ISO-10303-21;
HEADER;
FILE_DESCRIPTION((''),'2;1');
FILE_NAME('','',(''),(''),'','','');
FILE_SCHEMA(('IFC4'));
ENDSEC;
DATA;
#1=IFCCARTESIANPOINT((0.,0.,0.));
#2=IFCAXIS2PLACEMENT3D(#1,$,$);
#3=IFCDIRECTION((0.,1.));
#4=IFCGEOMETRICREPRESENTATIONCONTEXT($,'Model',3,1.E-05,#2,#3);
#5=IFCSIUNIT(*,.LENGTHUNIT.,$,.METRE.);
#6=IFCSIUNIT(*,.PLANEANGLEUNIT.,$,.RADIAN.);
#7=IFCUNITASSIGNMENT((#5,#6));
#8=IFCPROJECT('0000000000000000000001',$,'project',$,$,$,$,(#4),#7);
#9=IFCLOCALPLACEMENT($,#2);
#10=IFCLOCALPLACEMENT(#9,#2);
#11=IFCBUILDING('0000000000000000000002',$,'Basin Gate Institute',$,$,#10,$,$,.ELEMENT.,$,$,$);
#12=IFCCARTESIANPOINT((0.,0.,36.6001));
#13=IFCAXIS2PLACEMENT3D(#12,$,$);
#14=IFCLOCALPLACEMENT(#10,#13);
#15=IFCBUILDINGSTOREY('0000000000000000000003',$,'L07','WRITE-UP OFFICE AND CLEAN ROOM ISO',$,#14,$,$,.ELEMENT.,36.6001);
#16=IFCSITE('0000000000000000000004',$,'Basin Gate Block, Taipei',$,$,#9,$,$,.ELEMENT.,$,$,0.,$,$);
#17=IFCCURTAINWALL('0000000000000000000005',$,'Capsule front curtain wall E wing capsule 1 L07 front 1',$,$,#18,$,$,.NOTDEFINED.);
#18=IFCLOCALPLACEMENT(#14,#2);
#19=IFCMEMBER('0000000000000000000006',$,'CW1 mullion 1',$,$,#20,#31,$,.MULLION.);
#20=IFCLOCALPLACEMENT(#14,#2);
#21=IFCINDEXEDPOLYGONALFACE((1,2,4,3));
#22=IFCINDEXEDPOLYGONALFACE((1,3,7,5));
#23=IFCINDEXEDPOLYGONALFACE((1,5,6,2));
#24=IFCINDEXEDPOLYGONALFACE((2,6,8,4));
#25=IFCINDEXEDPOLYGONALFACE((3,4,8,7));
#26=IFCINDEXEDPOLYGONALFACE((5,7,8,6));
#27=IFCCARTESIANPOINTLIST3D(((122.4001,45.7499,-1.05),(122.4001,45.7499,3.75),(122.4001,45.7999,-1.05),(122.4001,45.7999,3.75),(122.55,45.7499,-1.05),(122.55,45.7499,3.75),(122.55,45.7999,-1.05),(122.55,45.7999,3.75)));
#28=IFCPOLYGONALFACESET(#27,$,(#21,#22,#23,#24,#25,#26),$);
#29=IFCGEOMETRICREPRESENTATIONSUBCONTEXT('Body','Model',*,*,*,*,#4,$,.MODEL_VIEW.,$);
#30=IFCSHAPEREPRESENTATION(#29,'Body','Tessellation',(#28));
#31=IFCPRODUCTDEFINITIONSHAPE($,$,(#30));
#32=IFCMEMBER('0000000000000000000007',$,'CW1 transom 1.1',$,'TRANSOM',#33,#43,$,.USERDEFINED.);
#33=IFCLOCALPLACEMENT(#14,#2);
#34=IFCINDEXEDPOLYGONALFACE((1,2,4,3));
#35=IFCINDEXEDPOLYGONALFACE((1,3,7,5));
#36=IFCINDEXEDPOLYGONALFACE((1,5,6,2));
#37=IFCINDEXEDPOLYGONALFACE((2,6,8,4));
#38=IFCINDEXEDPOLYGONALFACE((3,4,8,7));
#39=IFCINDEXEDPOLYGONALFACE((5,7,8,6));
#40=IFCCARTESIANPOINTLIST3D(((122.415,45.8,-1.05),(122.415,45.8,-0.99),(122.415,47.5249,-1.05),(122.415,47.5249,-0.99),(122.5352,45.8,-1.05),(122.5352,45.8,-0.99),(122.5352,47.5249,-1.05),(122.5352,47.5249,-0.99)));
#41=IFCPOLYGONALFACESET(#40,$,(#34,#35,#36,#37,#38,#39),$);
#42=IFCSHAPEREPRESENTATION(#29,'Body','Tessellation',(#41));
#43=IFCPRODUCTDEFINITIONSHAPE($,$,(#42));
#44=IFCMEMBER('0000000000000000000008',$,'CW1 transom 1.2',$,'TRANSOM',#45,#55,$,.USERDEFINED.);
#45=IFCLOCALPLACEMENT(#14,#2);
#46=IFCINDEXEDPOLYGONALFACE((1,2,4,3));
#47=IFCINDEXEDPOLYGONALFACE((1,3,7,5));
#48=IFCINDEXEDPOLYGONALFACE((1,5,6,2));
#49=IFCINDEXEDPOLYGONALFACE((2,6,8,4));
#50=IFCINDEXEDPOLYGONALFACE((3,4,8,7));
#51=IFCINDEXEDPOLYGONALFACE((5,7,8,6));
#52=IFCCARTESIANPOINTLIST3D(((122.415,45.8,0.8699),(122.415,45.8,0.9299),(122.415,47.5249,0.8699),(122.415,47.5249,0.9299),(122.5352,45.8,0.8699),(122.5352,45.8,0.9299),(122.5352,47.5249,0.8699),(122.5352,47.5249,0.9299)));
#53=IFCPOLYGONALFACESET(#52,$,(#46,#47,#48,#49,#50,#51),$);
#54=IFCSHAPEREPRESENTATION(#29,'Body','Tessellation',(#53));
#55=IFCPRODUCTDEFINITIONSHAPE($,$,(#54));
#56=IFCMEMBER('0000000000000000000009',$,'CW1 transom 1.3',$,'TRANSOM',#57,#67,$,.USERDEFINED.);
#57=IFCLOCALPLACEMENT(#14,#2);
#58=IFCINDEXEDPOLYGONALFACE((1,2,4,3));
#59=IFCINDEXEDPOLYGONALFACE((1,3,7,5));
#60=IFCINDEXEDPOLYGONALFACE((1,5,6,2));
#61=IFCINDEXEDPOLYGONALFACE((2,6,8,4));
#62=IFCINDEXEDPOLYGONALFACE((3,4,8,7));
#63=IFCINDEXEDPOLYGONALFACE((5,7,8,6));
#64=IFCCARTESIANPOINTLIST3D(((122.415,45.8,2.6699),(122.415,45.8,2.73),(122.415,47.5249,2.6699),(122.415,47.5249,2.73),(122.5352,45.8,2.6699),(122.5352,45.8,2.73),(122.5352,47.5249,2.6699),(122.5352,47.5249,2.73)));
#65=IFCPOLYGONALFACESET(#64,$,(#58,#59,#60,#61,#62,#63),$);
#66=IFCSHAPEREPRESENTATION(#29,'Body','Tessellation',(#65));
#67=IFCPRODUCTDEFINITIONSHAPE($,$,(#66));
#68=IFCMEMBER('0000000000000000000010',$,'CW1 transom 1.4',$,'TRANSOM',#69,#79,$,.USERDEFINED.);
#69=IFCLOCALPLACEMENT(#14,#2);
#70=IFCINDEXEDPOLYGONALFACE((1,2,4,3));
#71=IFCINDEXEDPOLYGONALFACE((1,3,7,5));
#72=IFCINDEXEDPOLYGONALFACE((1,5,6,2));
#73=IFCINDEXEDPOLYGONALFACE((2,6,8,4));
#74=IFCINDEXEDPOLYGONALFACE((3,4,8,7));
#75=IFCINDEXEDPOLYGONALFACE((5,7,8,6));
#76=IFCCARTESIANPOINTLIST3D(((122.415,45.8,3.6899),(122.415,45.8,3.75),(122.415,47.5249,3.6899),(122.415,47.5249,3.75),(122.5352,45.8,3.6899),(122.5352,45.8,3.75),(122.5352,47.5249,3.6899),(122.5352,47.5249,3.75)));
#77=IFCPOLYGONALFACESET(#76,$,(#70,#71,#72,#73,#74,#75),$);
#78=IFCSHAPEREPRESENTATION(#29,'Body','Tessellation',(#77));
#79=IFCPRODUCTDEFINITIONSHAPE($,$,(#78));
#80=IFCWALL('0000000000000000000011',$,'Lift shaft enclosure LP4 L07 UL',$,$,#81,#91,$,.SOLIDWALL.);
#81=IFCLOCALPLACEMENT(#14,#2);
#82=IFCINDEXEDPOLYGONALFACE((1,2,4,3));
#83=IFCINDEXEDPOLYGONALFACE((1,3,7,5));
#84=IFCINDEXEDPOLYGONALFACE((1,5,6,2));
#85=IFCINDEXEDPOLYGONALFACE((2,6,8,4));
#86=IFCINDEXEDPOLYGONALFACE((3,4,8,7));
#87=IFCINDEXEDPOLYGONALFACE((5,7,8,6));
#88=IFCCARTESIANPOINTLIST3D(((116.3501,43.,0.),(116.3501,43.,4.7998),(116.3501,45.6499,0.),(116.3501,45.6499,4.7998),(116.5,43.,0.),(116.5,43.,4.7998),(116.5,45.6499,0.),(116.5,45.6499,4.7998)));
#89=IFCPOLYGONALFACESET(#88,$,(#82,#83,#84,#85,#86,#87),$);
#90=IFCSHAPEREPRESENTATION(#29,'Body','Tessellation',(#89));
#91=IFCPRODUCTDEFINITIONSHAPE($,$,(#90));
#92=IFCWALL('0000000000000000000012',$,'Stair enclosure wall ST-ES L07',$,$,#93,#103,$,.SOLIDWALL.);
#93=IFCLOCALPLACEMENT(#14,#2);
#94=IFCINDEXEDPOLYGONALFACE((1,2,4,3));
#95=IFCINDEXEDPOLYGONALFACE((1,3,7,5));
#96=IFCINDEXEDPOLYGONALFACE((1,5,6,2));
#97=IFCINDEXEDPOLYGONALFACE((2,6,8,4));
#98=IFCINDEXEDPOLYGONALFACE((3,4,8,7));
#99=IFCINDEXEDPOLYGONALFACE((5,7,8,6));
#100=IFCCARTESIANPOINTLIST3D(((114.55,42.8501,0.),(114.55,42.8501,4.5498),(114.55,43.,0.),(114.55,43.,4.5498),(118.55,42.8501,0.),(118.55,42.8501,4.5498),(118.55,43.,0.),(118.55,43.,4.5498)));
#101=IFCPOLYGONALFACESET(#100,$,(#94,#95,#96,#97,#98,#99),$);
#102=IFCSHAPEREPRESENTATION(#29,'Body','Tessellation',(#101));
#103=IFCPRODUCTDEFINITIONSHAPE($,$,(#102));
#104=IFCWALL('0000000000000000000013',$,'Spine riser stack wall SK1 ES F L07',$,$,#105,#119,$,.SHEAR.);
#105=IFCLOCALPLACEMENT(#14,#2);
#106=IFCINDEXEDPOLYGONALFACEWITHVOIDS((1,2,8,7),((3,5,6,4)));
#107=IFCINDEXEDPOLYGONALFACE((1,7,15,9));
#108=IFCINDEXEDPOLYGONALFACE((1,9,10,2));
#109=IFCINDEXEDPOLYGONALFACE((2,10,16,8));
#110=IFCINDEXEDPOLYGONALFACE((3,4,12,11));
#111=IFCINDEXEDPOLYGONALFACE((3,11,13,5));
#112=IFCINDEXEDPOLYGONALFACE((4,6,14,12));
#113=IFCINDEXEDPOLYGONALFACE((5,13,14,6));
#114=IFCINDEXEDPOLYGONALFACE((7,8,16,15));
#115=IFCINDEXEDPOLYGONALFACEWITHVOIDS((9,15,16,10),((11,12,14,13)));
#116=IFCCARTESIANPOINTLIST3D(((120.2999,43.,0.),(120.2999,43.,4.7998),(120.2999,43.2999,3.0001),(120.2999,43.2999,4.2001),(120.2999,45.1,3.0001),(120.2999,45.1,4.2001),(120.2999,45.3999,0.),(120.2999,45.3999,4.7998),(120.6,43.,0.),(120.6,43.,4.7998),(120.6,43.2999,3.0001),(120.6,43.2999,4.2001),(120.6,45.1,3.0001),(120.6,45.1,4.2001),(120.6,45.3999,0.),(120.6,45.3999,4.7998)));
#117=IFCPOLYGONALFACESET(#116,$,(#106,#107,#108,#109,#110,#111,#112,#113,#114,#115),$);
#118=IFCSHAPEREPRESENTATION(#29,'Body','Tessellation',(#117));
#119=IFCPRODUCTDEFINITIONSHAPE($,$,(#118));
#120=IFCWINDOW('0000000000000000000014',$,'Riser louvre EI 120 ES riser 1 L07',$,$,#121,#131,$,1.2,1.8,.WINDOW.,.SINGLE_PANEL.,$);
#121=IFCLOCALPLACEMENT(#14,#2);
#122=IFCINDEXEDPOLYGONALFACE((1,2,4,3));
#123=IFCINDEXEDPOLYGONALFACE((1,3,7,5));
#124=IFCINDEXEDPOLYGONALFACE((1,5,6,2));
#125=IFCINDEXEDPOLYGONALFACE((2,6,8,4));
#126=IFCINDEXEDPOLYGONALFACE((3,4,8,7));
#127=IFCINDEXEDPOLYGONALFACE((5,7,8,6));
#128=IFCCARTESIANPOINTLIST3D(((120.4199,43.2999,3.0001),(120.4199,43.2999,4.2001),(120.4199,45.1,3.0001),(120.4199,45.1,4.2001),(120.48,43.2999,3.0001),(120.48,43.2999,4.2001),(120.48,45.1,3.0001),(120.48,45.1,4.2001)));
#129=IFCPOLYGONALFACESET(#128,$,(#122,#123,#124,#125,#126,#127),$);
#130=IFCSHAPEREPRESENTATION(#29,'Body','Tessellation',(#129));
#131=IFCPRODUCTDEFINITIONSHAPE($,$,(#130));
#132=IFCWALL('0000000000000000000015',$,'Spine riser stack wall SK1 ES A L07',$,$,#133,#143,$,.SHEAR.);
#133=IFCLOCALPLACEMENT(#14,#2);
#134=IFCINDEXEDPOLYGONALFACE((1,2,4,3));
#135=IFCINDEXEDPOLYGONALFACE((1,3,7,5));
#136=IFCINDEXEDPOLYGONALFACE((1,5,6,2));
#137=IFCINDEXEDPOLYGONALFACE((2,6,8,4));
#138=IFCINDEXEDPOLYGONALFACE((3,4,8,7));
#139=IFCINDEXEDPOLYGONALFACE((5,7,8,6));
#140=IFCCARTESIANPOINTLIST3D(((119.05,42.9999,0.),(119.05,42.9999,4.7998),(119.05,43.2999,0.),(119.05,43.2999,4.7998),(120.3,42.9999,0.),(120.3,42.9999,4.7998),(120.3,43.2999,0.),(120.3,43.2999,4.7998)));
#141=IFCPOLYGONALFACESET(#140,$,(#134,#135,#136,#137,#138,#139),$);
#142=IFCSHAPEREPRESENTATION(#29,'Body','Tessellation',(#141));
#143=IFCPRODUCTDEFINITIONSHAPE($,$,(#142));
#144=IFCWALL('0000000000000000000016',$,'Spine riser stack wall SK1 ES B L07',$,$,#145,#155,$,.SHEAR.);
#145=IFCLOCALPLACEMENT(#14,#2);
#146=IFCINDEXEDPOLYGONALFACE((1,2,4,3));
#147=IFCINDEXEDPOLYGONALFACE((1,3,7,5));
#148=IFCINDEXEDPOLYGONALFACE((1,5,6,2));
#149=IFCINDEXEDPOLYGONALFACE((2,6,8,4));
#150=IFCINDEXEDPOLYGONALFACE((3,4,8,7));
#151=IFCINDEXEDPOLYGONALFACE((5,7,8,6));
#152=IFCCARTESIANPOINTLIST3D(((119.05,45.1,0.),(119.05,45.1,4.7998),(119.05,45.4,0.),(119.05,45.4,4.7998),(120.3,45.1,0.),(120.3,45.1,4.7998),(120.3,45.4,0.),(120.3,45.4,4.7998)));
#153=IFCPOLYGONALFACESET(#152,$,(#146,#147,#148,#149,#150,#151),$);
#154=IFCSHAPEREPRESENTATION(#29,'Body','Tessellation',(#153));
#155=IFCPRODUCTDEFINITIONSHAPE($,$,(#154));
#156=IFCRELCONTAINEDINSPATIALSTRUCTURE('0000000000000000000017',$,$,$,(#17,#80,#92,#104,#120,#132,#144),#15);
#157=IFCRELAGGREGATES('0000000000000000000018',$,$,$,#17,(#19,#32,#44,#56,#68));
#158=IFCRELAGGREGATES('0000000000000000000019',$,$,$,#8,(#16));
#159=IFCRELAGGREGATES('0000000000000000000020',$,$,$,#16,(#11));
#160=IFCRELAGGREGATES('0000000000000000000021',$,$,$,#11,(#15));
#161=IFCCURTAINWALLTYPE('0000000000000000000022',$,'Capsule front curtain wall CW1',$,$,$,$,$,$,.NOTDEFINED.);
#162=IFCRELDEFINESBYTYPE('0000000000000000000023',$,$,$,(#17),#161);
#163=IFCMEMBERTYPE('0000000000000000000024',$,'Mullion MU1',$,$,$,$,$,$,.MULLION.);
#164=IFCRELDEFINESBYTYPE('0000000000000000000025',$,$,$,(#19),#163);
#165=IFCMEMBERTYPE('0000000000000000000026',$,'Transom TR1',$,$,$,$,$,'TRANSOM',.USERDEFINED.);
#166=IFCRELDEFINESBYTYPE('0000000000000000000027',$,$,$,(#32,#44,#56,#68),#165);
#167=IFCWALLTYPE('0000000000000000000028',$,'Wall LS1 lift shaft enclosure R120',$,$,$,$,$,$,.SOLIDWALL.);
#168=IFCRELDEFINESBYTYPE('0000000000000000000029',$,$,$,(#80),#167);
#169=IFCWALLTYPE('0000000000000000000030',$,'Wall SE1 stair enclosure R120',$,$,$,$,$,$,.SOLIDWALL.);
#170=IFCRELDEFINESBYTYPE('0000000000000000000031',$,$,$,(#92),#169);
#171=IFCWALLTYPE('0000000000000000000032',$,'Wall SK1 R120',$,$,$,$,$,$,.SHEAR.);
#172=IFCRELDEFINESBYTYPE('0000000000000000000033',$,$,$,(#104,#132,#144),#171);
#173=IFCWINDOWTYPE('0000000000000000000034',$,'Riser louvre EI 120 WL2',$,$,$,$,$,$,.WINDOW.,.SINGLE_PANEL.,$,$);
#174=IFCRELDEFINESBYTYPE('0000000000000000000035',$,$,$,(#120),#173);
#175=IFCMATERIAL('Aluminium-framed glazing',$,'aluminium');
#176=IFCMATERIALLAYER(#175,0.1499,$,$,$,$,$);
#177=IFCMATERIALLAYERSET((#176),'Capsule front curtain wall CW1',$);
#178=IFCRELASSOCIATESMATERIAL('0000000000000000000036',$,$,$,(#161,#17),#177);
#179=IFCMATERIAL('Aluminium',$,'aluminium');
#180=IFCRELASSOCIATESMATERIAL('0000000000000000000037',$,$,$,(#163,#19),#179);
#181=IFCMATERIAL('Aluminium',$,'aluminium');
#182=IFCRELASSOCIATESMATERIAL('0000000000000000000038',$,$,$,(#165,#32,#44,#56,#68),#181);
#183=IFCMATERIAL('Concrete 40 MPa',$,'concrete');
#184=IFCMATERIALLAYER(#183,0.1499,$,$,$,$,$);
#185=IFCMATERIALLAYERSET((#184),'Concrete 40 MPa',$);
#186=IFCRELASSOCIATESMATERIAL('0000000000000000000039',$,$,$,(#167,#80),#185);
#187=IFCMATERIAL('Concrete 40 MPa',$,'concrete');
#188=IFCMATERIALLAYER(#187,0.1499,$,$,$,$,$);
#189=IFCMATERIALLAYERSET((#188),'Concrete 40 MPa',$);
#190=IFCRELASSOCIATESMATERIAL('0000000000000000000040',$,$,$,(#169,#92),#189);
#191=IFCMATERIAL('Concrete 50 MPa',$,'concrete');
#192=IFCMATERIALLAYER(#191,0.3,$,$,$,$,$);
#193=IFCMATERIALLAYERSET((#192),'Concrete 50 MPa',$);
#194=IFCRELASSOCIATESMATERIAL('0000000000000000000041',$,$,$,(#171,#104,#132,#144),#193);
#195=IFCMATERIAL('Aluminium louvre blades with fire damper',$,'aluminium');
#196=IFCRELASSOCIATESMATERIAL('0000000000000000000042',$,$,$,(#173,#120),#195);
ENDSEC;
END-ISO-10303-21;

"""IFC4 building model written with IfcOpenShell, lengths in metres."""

from ifc_helpers import new_model, si_unit, direction, frame, frame_2d, origin, origin_2d, place, context, subcontext, project, spatial, rectangle, extrude, material, layer, layer_set, material_profile, profile_set, type_object, element, fill, aggregate, save


model = new_model("IFC4")

# Units and contexts
model_context = context("Model", 3, precision=1e-05, world=origin(), true_north=direction((0.0, 1.0)))
body_context = subcontext(model_context, "Body", "Model", "MODEL_VIEW")
ifc_project = project(units=[si_unit("LENGTHUNIT", "METRE"), si_unit("PLANEANGLEUNIT", "RADIAN")], contexts=[model_context])

# Site, building, storey
site_placement = place(None, origin())
site = spatial("IfcSite", under=ifc_project, at=site_placement, Name="Basin Gate Block, Taipei", CompositionType="ELEMENT", RefElevation=0.0)
building_placement = place(site_placement, origin())
building = spatial("IfcBuilding", under=site, at=building_placement, Name="Basin Gate Institute", CompositionType="ELEMENT")
storey_placement = place(building_placement, frame((0.0, 0.0, 36.6001)))
storey = spatial("IfcBuildingStorey", under=building, at=storey_placement, Name="L07", Description="WRITE-UP OFFICE AND CLEAN ROOM ISO", CompositionType="ELEMENT", Elevation=36.6001)

# Curtain wall, members
ifc_material_1 = material(Name="Aluminium-framed glazing", Category="aluminium")
ifc_layer_1 = layer(ifc_material_1, 0.1499)
ifc_layer_set_1 = layer_set([ifc_layer_1], Name="Capsule front curtain wall CW1")
curtain_wall_type = type_object("IfcCurtainWallType", Name="Capsule front curtain wall CW1", PredefinedType="NOTDEFINED", material=ifc_layer_set_1)
curtain_wall_placement = place(storey_placement, origin())
curtain_wall = element("IfcCurtainWall", 1, at=curtain_wall_placement, inside=storey, type_object=curtain_wall_type, material=ifc_layer_set_1, Name="Capsule front curtain wall E wing capsule 1 L07 front 1", PredefinedType="NOTDEFINED")
ifc_material_2 = material(Name="Aluminium", Category="aluminium")
ifc_material_profile_1 = material_profile(ifc_material_2, rectangle(XDim=0.1499, YDim=0.05, at=origin_2d()), Name="Mullion MU1 150 x 50")
ifc_profile_set_1 = profile_set([ifc_material_profile_1], Name="Aluminium")
member_type_1 = type_object("IfcMemberType", Name="Mullion MU1", PredefinedType="MULLION", material=ifc_profile_set_1)
member_1_placement = place(storey_placement, frame((122.4751, 45.7749, -1.05), z_axis=(0.0, 0.0, 1.0), x_axis=(-1.0, 0.0, 0.0)))
member_1 = element("IfcMember", 2, at=member_1_placement, type_object=member_type_1, material=ifc_profile_set_1, Name="CW1 mullion 1", PredefinedType="MULLION", context=body_context, shape_type="SweptSolid", body=[
    extrude(rectangle(XDim=0.1499, YDim=0.05, at=origin_2d()), origin(), (0.0, 0.0, 1.0), 4.8),
])
ifc_material_3 = material(Name="Aluminium", Category="aluminium")
ifc_material_profile_2 = material_profile(ifc_material_3, rectangle(XDim=0.1201, YDim=0.0601, at=origin_2d()), Name="Transom TR1 120 x 60")
ifc_profile_set_2 = profile_set([ifc_material_profile_2], Name="Aluminium")
member_type_2 = type_object("IfcMemberType", Name="Transom TR1", ElementType="TRANSOM", PredefinedType="USERDEFINED", material=ifc_profile_set_2)
member_2_placement = place(storey_placement, frame((122.4751, 45.8, -1.02), z_axis=(0.0, 1.0, 0.0), x_axis=(-1.0, 0.0, 0.0)))
member_2 = element("IfcMember", 3, at=member_2_placement, type_object=member_type_2, material=ifc_profile_set_2, Name="CW1 transom 1.1", ObjectType="TRANSOM", PredefinedType="USERDEFINED", context=body_context, shape_type="SweptSolid", body=[
    extrude(rectangle(XDim=0.1201, YDim=0.0601, at=origin_2d()), origin(), (0.0, 0.0, 1.0), 1.7249),
])
member_3_placement = place(storey_placement, frame((122.4751, 45.8, 0.8999), z_axis=(0.0, 1.0, 0.0), x_axis=(-1.0, 0.0, 0.0)))
member_3 = element("IfcMember", 4, at=member_3_placement, type_object=member_type_2, material=ifc_profile_set_2, Name="CW1 transom 1.2", ObjectType="TRANSOM", PredefinedType="USERDEFINED", context=body_context, shape_type="SweptSolid", body=[
    extrude(rectangle(XDim=0.1201, YDim=0.0601, at=origin_2d()), origin(), (0.0, 0.0, 1.0), 1.7249),
])
member_4_placement = place(storey_placement, frame((122.4751, 45.8, 2.7), z_axis=(0.0, 1.0, 0.0), x_axis=(-1.0, 0.0, 0.0)))
member_4 = element("IfcMember", 5, at=member_4_placement, type_object=member_type_2, material=ifc_profile_set_2, Name="CW1 transom 1.3", ObjectType="TRANSOM", PredefinedType="USERDEFINED", context=body_context, shape_type="SweptSolid", body=[
    extrude(rectangle(XDim=0.1201, YDim=0.0601, at=origin_2d()), origin(), (0.0, 0.0, 1.0), 1.7249),
])
member_5_placement = place(storey_placement, frame((122.4751, 45.8, 3.72), z_axis=(0.0, 1.0, 0.0), x_axis=(-1.0, 0.0, 0.0)))
member_5 = element("IfcMember", 6, at=member_5_placement, type_object=member_type_2, material=ifc_profile_set_2, Name="CW1 transom 1.4", ObjectType="TRANSOM", PredefinedType="USERDEFINED", context=body_context, shape_type="SweptSolid", body=[
    extrude(rectangle(XDim=0.1201, YDim=0.0601, at=origin_2d()), origin(), (0.0, 0.0, 1.0), 1.7249),
])
aggregate(curtain_wall, [member_1, member_2, member_3, member_4, member_5])

# Walls
ifc_material_4 = material(Name="Concrete 40 MPa", Category="concrete")
ifc_layer_2 = layer(ifc_material_4, 0.1499)
ifc_layer_set_2 = layer_set([ifc_layer_2], Name="Concrete 40 MPa")
wall_type_1 = type_object("IfcWallType", Name="Wall LS1 lift shaft enclosure R120", PredefinedType="SOLIDWALL", material=ifc_layer_set_2)
wall_1_placement = place(storey_placement, frame((116.425, 43.0, 0.0), z_axis=(0.0, 0.0, 1.0), x_axis=(0.0, 1.0, 0.0)))
element("IfcWall", 7, at=wall_1_placement, inside=storey, type_object=wall_type_1, material=ifc_layer_set_2, Name="Lift shaft enclosure LP4 L07 UL", PredefinedType="SOLIDWALL", context=body_context, shape_type="SweptSolid", body=[
    extrude(rectangle(XDim=2.6499, YDim=0.1499, at=frame_2d((1.325, 0.0))), origin(), (0.0, 0.0, 1.0), 4.7998),
])
ifc_material_5 = material(Name="Concrete 40 MPa", Category="concrete")
ifc_layer_3 = layer(ifc_material_5, 0.1499)
ifc_layer_set_3 = layer_set([ifc_layer_3], Name="Concrete 40 MPa")
wall_type_2 = type_object("IfcWallType", Name="Wall SE1 stair enclosure R120", PredefinedType="SOLIDWALL", material=ifc_layer_set_3)
wall_2_placement = place(storey_placement, frame((118.55, 42.925, 0.0), z_axis=(0.0, 0.0, 1.0), x_axis=(-1.0, 0.0, 0.0)))
element("IfcWall", 8, at=wall_2_placement, inside=storey, type_object=wall_type_2, material=ifc_layer_set_3, Name="Stair enclosure wall ST-ES L07", PredefinedType="SOLIDWALL", context=body_context, shape_type="SweptSolid", body=[
    extrude(rectangle(XDim=4.0, YDim=0.1499, at=frame_2d((2.0, 0.0))), origin(), (0.0, 0.0, 1.0), 4.5498),
])

# Wall, opening, window
ifc_material_6 = material(Name="Concrete 50 MPa", Category="concrete")
ifc_layer_4 = layer(ifc_material_6, 0.3)
ifc_layer_set_4 = layer_set([ifc_layer_4], Name="Concrete 50 MPa")
wall_type_3 = type_object("IfcWallType", Name="Wall SK1 R120", PredefinedType="SHEAR", material=ifc_layer_set_4)
wall_3_placement = place(storey_placement, frame((120.45, 43.0, 0.0), z_axis=(0.0, 0.0, 1.0), x_axis=(0.0, 1.0, 0.0)))
wall_3 = element("IfcWall", 9, at=wall_3_placement, inside=storey, type_object=wall_type_3, material=ifc_layer_set_4, Name="Spine riser stack wall SK1 ES F L07", PredefinedType="SHEAR", context=body_context, shape_type="SweptSolid", body=[
    extrude(rectangle(XDim=2.3999, YDim=0.3, at=frame_2d((1.2, 0.0))), origin(), (0.0, 0.0, 1.0), 4.7998),
])
opening_1_placement = place(wall_3_placement, frame((0.3, 0.0, 3.0)))
opening_1 = element("IfcOpeningElement", 10, at=opening_1_placement, cuts=wall_3, PredefinedType="OPENING", context=body_context, shape_type="SweptSolid", body=[
    extrude(rectangle(XDim=1.8, YDim=1.2, at=frame_2d((0.8999, 0.6001))), frame((0.0, 0.1602, 0.0), z_axis=(0.0, -1.0, 0.0), x_axis=(1.0, 0.0, 0.0)), (0.0, 0.0, 1.0), 0.3201),
])
ifc_material_7 = material(Name="Aluminium louvre blades with fire damper", Category="aluminium")
window_type_1 = type_object("IfcWindowType", Name="Riser louvre EI 120 WL2", PartitioningType="SINGLE_PANEL", PredefinedType="WINDOW", material=ifc_material_7)
window_1_placement = place(opening_1_placement, origin())
window_1 = element("IfcWindow", 11, at=window_1_placement, inside=storey, type_object=window_type_1, material=ifc_material_7, Name="Riser louvre EI 120 ES riser 1 L07", OverallHeight=1.2, OverallWidth=1.8, PartitioningType="SINGLE_PANEL", PredefinedType="WINDOW", context=body_context, shape_type="SweptSolid", body=[
    extrude(rectangle(XDim=1.8, YDim=1.2, at=frame_2d((0.8999, 0.6001))), frame((0.0, 0.03, 0.0), z_axis=(0.0, -1.0, 0.0), x_axis=(1.0, 0.0, 0.0)), (0.0, 0.0, 1.0), 0.0601),
])
fill(opening_1, window_1)

# Walls
for number, where, z_axis, x_axis, name in (
    (12, (119.05, 43.1499, 0.0), (0.0, 0.0, 1.0), (1.0, 0.0, 0.0), "Spine riser stack wall SK1 ES A L07"),
    (13, (119.05, 45.25, 0.0), (0.0, 0.0, 1.0), (1.0, 0.0, 0.0), "Spine riser stack wall SK1 ES B L07"),
):
    element("IfcWall", number, at=place(storey_placement, frame(where, z_axis=z_axis, x_axis=x_axis)), inside=storey, type_object=wall_type_3, material=ifc_layer_set_4, Name=name, PredefinedType="SHEAR", context=body_context, shape_type="SweptSolid", body=[
        extrude(rectangle(XDim=1.25, YDim=0.3, at=frame_2d((0.625, 0.0))), origin(), (0.0, 0.0, 1.0), 4.7998),
    ])

save(model, "model.ifc")
